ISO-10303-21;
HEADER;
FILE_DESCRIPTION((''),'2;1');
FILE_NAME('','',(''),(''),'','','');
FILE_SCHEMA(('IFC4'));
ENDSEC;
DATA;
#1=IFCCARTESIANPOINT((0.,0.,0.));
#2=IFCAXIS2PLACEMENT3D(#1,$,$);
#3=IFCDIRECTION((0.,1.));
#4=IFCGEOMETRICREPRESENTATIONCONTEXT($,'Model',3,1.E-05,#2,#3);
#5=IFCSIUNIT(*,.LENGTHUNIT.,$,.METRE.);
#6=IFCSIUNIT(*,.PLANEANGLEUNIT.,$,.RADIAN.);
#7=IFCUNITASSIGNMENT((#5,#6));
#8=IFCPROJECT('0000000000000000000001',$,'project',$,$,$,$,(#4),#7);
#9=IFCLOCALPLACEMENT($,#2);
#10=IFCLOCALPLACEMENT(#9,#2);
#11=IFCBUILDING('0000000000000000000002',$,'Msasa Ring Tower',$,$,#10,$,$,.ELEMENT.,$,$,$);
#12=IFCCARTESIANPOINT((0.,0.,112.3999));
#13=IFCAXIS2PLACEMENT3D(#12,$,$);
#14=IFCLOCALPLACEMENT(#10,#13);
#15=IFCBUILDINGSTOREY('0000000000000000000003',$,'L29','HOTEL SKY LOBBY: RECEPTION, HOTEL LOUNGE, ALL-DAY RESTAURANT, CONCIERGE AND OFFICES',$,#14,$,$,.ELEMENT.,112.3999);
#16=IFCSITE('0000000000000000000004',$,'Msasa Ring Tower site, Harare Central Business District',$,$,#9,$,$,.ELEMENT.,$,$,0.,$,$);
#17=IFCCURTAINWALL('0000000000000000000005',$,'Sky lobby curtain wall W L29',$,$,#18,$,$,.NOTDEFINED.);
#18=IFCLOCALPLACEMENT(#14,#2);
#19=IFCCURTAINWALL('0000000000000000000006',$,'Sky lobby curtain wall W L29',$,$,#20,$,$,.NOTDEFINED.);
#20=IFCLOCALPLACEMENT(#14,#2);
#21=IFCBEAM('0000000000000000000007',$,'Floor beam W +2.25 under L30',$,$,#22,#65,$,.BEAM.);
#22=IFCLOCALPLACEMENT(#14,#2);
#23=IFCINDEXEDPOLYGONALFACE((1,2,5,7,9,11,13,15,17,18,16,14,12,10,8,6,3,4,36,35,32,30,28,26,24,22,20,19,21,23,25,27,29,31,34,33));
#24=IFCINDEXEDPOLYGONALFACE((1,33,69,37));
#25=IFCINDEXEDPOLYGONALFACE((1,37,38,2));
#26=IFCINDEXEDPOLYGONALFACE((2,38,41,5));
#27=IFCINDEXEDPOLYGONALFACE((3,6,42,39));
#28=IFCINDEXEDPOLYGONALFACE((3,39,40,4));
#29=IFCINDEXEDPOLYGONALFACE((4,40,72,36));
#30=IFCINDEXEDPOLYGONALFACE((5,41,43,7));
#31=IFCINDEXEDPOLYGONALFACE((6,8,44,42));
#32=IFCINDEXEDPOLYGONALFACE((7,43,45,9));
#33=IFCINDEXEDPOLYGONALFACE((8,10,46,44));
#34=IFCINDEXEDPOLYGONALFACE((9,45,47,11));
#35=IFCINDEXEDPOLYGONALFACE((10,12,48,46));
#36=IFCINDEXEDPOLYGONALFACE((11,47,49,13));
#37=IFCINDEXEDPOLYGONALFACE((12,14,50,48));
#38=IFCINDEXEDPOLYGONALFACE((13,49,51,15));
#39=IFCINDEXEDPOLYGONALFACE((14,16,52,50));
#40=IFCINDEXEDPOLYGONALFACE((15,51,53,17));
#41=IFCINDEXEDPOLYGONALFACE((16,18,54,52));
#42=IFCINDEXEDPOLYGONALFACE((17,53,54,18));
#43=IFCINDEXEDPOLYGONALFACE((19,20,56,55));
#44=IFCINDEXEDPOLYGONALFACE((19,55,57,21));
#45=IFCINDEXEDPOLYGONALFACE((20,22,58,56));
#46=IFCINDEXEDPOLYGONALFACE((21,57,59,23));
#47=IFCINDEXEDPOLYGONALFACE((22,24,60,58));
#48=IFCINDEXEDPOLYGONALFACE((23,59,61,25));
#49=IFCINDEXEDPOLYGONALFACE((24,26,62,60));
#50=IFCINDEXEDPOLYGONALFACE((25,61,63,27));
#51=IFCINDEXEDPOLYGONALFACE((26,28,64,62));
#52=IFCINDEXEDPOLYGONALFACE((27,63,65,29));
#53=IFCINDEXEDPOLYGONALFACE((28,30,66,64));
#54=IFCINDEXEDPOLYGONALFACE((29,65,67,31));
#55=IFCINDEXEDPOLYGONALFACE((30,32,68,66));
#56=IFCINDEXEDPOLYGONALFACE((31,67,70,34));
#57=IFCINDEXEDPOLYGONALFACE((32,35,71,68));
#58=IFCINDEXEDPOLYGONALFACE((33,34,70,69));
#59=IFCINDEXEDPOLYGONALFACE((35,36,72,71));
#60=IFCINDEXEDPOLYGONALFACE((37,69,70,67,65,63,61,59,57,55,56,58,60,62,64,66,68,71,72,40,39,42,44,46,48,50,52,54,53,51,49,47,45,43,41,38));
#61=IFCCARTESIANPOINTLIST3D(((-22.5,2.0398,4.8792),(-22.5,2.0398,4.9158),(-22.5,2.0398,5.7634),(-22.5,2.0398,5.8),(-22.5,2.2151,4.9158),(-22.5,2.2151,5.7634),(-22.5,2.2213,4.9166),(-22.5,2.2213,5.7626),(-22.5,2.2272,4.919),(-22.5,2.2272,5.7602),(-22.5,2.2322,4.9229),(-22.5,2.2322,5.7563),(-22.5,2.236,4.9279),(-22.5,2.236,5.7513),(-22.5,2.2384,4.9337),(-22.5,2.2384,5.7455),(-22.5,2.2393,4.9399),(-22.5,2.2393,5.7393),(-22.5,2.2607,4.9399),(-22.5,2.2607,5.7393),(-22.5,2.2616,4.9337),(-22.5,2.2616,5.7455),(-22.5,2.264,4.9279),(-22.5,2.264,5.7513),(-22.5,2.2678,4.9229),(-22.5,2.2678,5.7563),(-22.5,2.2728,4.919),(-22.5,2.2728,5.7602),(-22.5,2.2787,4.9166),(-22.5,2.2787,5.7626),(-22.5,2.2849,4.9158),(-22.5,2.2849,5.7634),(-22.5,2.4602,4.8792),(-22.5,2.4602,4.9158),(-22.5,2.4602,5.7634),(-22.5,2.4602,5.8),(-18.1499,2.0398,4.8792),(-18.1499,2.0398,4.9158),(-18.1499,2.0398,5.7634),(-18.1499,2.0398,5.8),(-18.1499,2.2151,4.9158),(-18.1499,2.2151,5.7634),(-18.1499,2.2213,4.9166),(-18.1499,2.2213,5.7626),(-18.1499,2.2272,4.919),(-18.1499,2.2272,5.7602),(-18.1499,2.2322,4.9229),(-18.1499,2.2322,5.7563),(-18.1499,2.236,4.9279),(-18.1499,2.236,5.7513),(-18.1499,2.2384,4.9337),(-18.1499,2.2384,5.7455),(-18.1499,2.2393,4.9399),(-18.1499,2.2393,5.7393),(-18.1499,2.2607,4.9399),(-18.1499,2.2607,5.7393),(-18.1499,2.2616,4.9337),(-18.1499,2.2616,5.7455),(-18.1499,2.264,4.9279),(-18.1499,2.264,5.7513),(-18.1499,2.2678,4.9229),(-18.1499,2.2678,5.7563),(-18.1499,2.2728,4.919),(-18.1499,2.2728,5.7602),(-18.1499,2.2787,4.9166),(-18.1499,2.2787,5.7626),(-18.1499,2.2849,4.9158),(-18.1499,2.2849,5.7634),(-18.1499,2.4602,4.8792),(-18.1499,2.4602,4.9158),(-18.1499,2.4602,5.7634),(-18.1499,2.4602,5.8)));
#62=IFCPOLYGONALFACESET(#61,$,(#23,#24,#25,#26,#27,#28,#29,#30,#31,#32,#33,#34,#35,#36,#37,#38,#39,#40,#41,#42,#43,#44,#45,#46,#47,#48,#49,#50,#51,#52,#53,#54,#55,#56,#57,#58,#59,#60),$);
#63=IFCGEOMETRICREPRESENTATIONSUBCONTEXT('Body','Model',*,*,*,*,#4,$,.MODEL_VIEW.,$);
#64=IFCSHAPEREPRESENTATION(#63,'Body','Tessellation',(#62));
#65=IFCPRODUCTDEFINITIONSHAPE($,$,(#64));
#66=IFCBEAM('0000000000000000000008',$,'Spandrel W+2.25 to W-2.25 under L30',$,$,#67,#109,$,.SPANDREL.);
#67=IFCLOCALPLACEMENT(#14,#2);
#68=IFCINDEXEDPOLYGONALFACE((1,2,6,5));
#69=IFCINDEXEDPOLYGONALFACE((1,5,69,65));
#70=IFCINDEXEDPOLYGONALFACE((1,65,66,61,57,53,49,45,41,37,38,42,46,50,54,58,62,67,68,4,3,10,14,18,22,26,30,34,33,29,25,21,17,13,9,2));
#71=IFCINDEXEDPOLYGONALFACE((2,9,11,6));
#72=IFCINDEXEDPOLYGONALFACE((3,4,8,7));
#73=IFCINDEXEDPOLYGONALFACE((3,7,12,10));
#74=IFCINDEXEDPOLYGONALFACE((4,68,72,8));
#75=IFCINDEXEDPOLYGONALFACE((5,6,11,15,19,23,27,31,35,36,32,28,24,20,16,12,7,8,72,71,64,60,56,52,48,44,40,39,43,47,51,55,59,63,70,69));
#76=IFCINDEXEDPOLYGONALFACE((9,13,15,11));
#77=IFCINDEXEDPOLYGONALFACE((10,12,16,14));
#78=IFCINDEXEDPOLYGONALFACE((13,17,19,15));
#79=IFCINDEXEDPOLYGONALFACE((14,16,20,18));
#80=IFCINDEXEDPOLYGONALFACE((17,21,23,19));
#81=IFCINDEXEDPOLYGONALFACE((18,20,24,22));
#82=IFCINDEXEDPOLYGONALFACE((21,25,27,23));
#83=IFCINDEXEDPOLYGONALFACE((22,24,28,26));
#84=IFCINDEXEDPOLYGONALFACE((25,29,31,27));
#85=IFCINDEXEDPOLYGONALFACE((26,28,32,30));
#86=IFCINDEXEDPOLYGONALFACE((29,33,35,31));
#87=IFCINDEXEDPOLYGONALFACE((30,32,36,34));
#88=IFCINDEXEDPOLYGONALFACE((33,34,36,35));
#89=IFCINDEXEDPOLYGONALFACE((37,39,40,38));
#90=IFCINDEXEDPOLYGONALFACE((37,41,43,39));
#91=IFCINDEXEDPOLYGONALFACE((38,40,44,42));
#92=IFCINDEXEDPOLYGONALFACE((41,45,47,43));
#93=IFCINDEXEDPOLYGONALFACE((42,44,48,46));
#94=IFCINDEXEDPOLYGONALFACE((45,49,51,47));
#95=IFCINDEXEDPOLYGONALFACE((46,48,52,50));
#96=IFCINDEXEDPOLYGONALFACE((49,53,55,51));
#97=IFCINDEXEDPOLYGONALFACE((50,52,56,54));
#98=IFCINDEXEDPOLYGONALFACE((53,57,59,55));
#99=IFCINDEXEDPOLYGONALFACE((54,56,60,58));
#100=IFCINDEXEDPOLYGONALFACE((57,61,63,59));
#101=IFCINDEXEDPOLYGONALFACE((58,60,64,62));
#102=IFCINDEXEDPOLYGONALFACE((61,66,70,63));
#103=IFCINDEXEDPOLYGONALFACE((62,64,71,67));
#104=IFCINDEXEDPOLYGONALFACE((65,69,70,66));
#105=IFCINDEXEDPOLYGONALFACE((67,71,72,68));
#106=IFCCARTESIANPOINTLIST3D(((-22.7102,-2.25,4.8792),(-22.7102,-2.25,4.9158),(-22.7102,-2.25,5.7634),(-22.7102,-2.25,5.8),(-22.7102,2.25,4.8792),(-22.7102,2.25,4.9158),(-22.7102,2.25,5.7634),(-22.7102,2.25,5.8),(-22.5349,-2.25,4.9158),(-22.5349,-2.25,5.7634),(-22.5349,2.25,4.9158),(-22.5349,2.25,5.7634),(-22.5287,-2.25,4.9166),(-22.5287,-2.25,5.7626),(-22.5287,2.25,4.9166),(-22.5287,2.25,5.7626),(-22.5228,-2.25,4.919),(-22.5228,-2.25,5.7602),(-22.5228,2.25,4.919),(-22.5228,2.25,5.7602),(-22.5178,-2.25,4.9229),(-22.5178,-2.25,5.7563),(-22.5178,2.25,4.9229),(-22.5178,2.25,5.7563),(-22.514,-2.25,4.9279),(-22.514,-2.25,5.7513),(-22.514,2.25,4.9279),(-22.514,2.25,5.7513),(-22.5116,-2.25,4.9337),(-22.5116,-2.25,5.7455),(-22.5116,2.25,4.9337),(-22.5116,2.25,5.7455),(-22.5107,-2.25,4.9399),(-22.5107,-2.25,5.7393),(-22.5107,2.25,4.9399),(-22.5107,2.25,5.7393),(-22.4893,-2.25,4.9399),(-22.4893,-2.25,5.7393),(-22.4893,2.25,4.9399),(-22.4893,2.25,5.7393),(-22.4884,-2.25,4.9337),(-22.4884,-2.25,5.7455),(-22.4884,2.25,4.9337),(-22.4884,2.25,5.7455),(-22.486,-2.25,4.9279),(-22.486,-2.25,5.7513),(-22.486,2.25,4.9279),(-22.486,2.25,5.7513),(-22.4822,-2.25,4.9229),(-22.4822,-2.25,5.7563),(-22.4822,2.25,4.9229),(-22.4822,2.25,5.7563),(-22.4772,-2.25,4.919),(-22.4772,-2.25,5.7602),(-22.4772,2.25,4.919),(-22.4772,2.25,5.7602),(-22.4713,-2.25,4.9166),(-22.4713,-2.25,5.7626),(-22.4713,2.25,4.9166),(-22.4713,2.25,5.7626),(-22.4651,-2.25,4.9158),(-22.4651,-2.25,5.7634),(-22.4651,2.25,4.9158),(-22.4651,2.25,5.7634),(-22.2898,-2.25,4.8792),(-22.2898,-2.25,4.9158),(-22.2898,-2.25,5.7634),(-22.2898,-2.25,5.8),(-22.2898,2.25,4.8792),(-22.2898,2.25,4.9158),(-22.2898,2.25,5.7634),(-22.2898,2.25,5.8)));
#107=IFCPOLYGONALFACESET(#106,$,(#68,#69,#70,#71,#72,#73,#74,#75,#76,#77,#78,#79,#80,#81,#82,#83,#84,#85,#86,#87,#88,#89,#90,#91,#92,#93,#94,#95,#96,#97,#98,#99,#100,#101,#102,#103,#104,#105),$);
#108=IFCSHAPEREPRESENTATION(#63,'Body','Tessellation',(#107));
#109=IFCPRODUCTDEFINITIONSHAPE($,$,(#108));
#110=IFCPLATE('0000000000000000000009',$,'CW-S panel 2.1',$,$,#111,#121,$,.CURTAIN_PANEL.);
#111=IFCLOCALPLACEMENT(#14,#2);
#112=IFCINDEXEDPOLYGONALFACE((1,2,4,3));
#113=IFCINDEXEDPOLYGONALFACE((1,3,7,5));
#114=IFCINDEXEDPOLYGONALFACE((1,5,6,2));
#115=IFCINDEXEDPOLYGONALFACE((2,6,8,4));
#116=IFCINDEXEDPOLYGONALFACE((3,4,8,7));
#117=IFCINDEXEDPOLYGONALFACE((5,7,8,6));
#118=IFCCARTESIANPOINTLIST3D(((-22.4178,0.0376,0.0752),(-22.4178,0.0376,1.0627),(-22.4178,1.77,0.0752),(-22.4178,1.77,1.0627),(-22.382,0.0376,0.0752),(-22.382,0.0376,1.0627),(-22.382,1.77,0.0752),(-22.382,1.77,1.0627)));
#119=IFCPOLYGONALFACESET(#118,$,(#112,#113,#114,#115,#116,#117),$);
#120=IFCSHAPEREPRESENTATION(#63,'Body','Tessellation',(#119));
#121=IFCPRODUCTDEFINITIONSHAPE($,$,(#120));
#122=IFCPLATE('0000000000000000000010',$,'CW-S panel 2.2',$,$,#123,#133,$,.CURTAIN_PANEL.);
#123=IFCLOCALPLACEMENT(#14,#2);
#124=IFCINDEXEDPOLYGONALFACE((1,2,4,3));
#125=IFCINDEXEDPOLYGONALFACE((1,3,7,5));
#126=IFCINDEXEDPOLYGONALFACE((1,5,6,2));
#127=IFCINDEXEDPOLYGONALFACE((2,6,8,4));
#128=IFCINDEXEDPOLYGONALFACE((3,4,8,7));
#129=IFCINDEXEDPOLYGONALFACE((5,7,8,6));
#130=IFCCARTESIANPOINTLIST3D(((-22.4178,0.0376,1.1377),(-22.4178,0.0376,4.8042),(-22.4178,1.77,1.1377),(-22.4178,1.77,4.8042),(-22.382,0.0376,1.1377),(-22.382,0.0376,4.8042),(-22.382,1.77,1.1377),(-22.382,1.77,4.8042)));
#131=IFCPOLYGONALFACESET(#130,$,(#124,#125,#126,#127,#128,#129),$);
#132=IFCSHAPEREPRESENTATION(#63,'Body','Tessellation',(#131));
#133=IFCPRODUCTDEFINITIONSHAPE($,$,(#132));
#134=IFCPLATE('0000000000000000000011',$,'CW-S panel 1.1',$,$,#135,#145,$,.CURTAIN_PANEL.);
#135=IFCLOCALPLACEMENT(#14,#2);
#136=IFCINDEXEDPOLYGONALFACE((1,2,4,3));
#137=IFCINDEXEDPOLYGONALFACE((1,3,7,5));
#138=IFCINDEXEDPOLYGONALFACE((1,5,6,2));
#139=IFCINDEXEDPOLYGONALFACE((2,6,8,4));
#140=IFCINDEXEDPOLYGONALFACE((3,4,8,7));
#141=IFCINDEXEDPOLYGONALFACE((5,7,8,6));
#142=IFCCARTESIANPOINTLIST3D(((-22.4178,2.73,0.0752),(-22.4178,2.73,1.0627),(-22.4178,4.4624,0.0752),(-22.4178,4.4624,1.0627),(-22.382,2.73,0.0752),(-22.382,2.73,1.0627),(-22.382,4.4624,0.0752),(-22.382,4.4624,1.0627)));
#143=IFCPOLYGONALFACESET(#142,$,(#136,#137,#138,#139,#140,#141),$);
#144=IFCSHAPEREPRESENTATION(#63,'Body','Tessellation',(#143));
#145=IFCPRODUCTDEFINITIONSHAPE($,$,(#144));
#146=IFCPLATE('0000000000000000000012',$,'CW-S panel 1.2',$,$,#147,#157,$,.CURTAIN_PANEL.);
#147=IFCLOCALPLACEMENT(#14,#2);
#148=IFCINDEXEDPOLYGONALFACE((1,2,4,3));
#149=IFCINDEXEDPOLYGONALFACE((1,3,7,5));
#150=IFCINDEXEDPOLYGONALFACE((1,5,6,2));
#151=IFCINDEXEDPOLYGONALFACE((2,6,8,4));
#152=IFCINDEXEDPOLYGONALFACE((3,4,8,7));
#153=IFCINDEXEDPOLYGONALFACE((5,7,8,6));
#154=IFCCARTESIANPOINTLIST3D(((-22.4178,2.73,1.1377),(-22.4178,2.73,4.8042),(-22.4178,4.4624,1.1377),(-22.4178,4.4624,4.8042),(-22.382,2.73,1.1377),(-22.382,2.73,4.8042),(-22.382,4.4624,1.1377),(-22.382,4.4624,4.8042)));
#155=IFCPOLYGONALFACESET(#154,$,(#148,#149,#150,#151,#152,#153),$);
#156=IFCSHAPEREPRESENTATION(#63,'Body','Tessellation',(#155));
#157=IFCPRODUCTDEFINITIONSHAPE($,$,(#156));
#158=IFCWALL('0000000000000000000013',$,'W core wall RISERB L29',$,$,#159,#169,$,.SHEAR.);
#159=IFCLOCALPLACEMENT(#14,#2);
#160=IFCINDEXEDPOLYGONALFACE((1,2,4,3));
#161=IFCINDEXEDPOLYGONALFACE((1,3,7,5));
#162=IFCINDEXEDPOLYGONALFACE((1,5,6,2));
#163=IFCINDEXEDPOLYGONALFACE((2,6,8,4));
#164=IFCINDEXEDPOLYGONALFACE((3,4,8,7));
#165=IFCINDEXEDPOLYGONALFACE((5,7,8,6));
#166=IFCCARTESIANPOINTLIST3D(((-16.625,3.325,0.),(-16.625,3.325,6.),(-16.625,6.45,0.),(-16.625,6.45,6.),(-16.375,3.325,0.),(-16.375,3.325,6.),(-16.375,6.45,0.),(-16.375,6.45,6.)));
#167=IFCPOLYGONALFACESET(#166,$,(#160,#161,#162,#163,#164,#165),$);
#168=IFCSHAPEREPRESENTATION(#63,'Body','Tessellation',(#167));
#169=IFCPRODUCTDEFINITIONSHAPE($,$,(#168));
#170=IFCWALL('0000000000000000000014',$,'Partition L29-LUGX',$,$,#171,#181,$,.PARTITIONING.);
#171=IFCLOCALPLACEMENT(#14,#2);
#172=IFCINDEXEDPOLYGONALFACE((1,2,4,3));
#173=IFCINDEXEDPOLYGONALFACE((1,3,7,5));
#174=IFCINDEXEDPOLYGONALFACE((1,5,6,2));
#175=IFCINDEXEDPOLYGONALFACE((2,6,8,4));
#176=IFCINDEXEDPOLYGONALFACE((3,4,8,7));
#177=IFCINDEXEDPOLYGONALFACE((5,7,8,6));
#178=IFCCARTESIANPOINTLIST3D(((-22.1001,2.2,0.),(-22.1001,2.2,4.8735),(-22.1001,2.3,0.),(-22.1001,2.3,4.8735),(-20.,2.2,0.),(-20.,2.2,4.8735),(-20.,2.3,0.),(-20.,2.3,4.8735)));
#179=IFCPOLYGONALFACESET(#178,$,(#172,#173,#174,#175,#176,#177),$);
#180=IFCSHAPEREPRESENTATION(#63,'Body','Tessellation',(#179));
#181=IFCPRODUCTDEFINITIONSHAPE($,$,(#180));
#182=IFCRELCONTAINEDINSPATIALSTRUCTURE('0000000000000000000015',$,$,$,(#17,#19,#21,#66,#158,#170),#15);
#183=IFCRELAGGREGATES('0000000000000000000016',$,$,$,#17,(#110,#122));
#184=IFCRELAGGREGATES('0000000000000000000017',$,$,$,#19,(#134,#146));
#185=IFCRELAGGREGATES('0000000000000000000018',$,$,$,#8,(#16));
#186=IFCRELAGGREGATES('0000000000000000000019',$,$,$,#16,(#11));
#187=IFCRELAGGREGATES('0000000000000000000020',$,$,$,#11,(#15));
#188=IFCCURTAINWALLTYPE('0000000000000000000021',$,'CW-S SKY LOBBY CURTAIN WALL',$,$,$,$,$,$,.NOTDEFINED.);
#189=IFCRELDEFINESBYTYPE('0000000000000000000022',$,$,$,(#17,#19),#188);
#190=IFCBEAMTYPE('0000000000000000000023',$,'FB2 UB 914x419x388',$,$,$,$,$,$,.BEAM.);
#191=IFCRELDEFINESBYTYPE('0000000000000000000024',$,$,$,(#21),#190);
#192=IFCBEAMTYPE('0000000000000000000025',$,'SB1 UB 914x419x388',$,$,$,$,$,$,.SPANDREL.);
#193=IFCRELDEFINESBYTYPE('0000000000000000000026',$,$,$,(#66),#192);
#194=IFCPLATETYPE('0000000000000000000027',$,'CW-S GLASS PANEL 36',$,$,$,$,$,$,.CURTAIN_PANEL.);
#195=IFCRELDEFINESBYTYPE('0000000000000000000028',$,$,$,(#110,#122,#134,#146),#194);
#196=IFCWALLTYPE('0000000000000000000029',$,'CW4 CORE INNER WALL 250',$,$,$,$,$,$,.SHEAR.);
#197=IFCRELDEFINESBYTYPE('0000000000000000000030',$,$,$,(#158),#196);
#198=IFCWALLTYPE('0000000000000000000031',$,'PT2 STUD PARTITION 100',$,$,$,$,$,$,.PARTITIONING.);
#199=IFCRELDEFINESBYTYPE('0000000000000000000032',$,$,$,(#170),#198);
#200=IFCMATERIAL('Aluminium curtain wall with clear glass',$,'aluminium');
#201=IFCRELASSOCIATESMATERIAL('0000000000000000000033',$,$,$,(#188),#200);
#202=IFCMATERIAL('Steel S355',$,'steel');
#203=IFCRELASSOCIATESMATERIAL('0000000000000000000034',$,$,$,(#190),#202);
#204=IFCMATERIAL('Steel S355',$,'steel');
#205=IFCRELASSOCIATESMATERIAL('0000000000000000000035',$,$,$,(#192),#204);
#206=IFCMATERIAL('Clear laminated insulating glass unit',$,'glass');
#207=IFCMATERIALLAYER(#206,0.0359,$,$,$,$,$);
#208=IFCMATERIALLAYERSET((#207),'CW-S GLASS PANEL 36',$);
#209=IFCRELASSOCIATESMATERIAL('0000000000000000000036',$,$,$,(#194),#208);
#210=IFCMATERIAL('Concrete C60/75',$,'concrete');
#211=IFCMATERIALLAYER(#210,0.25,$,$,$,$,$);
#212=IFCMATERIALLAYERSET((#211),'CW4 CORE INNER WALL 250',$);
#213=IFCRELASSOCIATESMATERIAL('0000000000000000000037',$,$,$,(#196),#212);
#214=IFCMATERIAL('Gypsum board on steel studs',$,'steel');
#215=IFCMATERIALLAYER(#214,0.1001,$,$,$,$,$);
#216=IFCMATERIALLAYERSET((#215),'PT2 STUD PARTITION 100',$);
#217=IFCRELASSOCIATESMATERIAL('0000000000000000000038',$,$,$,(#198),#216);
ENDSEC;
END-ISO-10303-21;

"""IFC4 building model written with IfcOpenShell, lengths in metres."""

from ifc_helpers import new_model, si_unit, direction, frame, frame_2d, origin, origin_2d, place, context, subcontext, project, spatial, rectangle, i_section, extrude, material, layer, layer_set, material_profile, profile_set, type_object, element, aggregate, save


model = new_model("IFC4")

# Units and contexts
model_context = context("Model", 3, precision=1e-05, world=origin(), true_north=direction((0.0, 1.0)))
body_context = subcontext(model_context, "Body", "Model", "MODEL_VIEW")
ifc_project = project(units=[si_unit("LENGTHUNIT", "METRE"), si_unit("PLANEANGLEUNIT", "RADIAN")], contexts=[model_context])

# Site, building, storey
site_placement = place(None, origin())
site = spatial("IfcSite", under=ifc_project, at=site_placement, Name="Msasa Ring Tower site, Harare Central Business District", CompositionType="ELEMENT", RefElevation=0.0)
building_placement = place(site_placement, origin())
building = spatial("IfcBuilding", under=site, at=building_placement, Name="Msasa Ring Tower", CompositionType="ELEMENT")
storey_placement = place(building_placement, frame((0.0, 0.0, 112.3999)))
storey = spatial("IfcBuildingStorey", under=building, at=storey_placement, Name="L29", Description="HOTEL SKY LOBBY: RECEPTION, HOTEL LOUNGE, ALL-DAY RESTAURANT, CONCIERGE AND OFFICES", CompositionType="ELEMENT", Elevation=112.3999)

# Curtain wall
ifc_material_1 = material(Name="Aluminium curtain wall with clear glass", Category="aluminium")
curtain_wall_type = type_object("IfcCurtainWallType", Name="CW-S SKY LOBBY CURTAIN WALL", PredefinedType="NOTDEFINED", material=ifc_material_1)
curtain_wall_1_placement = place(storey_placement, origin())
curtain_wall_1 = element("IfcCurtainWall", 1, at=curtain_wall_1_placement, inside=storey, type_object=curtain_wall_type, Name="Sky lobby curtain wall W L29", PredefinedType="NOTDEFINED")

# Curtain wall
curtain_wall_2_placement = place(storey_placement, origin())
curtain_wall_2 = element("IfcCurtainWall", 2, at=curtain_wall_2_placement, inside=storey, type_object=curtain_wall_type, Name="Sky lobby curtain wall W L29", PredefinedType="NOTDEFINED")

# Beams
ifc_material_2 = material(Name="Steel S355", Category="steel")
ifc_material_profile_1 = material_profile(ifc_material_2, i_section(OverallWidth=0.4204, OverallDepth=0.9209, WebThickness=0.0215, FlangeThickness=0.0366, FilletRadius=0.0242, at=origin_2d()), Name="UB 914x419x388")
ifc_profile_set_1 = profile_set([ifc_material_profile_1], Name="Steel S355")
beam_type_1 = type_object("IfcBeamType", Name="FB2 UB 914x419x388", PredefinedType="BEAM", material=ifc_profile_set_1)
beam_1_placement = place(storey_placement, frame((-22.5, 2.25, 5.3396), z_axis=(1.0, 0.0, 0.0), x_axis=(0.0, 1.0, 0.0)))
element("IfcBeam", 3, at=beam_1_placement, inside=storey, type_object=beam_type_1, Name="Floor beam W +2.25 under L30", PredefinedType="BEAM", context=body_context, shape_type="SweptSolid", body=[
    extrude(i_section(OverallWidth=0.4204, OverallDepth=0.9209, WebThickness=0.0215, FlangeThickness=0.0366, FilletRadius=0.0242, at=origin_2d()), origin(), (0.0, 0.0, 1.0), 4.3501),
])
ifc_material_3 = material(Name="Steel S355", Category="steel")
ifc_material_profile_2 = material_profile(ifc_material_3, i_section(OverallWidth=0.4204, OverallDepth=0.9209, WebThickness=0.0215, FlangeThickness=0.0366, FilletRadius=0.0242, at=origin_2d()), Name="UB 914x419x388")
ifc_profile_set_2 = profile_set([ifc_material_profile_2], Name="Steel S355")
beam_type_2 = type_object("IfcBeamType", Name="SB1 UB 914x419x388", PredefinedType="SPANDREL", material=ifc_profile_set_2)
beam_2_placement = place(storey_placement, frame((-22.5, 2.25, 5.3396), z_axis=(0.0, -1.0, 0.0), x_axis=(1.0, 0.0, 0.0)))
element("IfcBeam", 4, at=beam_2_placement, inside=storey, type_object=beam_type_2, Name="Spandrel W+2.25 to W-2.25 under L30", PredefinedType="SPANDREL", context=body_context, shape_type="SweptSolid", body=[
    extrude(i_section(OverallWidth=0.4204, OverallDepth=0.9209, WebThickness=0.0215, FlangeThickness=0.0366, FilletRadius=0.0242, at=origin_2d()), origin(), (0.0, 0.0, 1.0), 4.5),
])

# Plates
ifc_material_4 = material(Name="Clear laminated insulating glass unit", Category="glass")
ifc_layer_1 = layer(ifc_material_4, 0.0359)
ifc_layer_set_1 = layer_set([ifc_layer_1], Name="CW-S GLASS PANEL 36")
plate_type = type_object("IfcPlateType", Name="CW-S GLASS PANEL 36", PredefinedType="CURTAIN_PANEL", material=ifc_layer_set_1)
plate_1_placement = place(storey_placement, frame((-22.3999, 0.9038, 0.0752), z_axis=(0.0, 0.0, 1.0), x_axis=(0.0, 1.0, 0.0)))
plate_1 = element("IfcPlate", 5, at=plate_1_placement, type_object=plate_type, Name="CW-S panel 2.1", PredefinedType="CURTAIN_PANEL", context=body_context, shape_type="SweptSolid", body=[
    extrude(rectangle(XDim=1.7324, YDim=0.0359, at=origin_2d()), origin(), (0.0, 0.0, 1.0), 0.9875),
])
plate_2_placement = place(storey_placement, frame((-22.3999, 0.9038, 1.1377), z_axis=(0.0, 0.0, 1.0), x_axis=(0.0, 1.0, 0.0)))
plate_2 = element("IfcPlate", 6, at=plate_2_placement, type_object=plate_type, Name="CW-S panel 2.2", PredefinedType="CURTAIN_PANEL", context=body_context, shape_type="SweptSolid", body=[
    extrude(rectangle(XDim=1.7324, YDim=0.0359, at=origin_2d()), origin(), (0.0, 0.0, 1.0), 3.6665),
])
aggregate(curtain_wall_1, [plate_1, plate_2])
plate_3_placement = place(storey_placement, frame((-22.3999, 3.5962, 0.0752), z_axis=(0.0, 0.0, 1.0), x_axis=(0.0, 1.0, 0.0)))
plate_3 = element("IfcPlate", 7, at=plate_3_placement, type_object=plate_type, Name="CW-S panel 1.1", PredefinedType="CURTAIN_PANEL", context=body_context, shape_type="SweptSolid", body=[
    extrude(rectangle(XDim=1.7324, YDim=0.0359, at=origin_2d()), origin(), (0.0, 0.0, 1.0), 0.9875),
])
plate_4_placement = place(storey_placement, frame((-22.3999, 3.5962, 1.1377), z_axis=(0.0, 0.0, 1.0), x_axis=(0.0, 1.0, 0.0)))
plate_4 = element("IfcPlate", 8, at=plate_4_placement, type_object=plate_type, Name="CW-S panel 1.2", PredefinedType="CURTAIN_PANEL", context=body_context, shape_type="SweptSolid", body=[
    extrude(rectangle(XDim=1.7324, YDim=0.0359, at=origin_2d()), origin(), (0.0, 0.0, 1.0), 3.6665),
])
aggregate(curtain_wall_2, [plate_3, plate_4])

# Walls
ifc_material_5 = material(Name="Concrete C60/75", Category="concrete")
ifc_layer_2 = layer(ifc_material_5, 0.25)
ifc_layer_set_2 = layer_set([ifc_layer_2], Name="CW4 CORE INNER WALL 250")
wall_type_1 = type_object("IfcWallType", Name="CW4 CORE INNER WALL 250", PredefinedType="SHEAR", material=ifc_layer_set_2)
wall_1_placement = place(storey_placement, frame((-16.5, 3.325, 0.0), z_axis=(0.0, 0.0, 1.0), x_axis=(0.0, 1.0, 0.0)))
element("IfcWall", 9, at=wall_1_placement, inside=storey, type_object=wall_type_1, Name="W core wall RISERB L29", PredefinedType="SHEAR", context=body_context, shape_type="SweptSolid", body=[
    extrude(rectangle(XDim=3.125, YDim=0.25, at=frame_2d((1.5625, 0.0))), origin(), (0.0, 0.0, 1.0), 6.0),
])
ifc_material_6 = material(Name="Gypsum board on steel studs", Category="steel")
ifc_layer_3 = layer(ifc_material_6, 0.1001)
ifc_layer_set_3 = layer_set([ifc_layer_3], Name="PT2 STUD PARTITION 100")
wall_type_2 = type_object("IfcWallType", Name="PT2 STUD PARTITION 100", PredefinedType="PARTITIONING", material=ifc_layer_set_3)
wall_2_placement = place(storey_placement, frame((-22.1001, 2.25, 0.0), z_axis=(0.0, 0.0, 1.0), x_axis=(1.0, 0.0, 0.0)))
element("IfcWall", 10, at=wall_2_placement, inside=storey, type_object=wall_type_2, Name="Partition L29-LUGX", PredefinedType="PARTITIONING", context=body_context, shape_type="SweptSolid", body=[
    extrude(rectangle(XDim=2.1001, YDim=0.1001, at=frame_2d((1.05, 0.0))), origin(), (0.0, 0.0, 1.0), 4.8735),
])

save(model, "model.ifc")
